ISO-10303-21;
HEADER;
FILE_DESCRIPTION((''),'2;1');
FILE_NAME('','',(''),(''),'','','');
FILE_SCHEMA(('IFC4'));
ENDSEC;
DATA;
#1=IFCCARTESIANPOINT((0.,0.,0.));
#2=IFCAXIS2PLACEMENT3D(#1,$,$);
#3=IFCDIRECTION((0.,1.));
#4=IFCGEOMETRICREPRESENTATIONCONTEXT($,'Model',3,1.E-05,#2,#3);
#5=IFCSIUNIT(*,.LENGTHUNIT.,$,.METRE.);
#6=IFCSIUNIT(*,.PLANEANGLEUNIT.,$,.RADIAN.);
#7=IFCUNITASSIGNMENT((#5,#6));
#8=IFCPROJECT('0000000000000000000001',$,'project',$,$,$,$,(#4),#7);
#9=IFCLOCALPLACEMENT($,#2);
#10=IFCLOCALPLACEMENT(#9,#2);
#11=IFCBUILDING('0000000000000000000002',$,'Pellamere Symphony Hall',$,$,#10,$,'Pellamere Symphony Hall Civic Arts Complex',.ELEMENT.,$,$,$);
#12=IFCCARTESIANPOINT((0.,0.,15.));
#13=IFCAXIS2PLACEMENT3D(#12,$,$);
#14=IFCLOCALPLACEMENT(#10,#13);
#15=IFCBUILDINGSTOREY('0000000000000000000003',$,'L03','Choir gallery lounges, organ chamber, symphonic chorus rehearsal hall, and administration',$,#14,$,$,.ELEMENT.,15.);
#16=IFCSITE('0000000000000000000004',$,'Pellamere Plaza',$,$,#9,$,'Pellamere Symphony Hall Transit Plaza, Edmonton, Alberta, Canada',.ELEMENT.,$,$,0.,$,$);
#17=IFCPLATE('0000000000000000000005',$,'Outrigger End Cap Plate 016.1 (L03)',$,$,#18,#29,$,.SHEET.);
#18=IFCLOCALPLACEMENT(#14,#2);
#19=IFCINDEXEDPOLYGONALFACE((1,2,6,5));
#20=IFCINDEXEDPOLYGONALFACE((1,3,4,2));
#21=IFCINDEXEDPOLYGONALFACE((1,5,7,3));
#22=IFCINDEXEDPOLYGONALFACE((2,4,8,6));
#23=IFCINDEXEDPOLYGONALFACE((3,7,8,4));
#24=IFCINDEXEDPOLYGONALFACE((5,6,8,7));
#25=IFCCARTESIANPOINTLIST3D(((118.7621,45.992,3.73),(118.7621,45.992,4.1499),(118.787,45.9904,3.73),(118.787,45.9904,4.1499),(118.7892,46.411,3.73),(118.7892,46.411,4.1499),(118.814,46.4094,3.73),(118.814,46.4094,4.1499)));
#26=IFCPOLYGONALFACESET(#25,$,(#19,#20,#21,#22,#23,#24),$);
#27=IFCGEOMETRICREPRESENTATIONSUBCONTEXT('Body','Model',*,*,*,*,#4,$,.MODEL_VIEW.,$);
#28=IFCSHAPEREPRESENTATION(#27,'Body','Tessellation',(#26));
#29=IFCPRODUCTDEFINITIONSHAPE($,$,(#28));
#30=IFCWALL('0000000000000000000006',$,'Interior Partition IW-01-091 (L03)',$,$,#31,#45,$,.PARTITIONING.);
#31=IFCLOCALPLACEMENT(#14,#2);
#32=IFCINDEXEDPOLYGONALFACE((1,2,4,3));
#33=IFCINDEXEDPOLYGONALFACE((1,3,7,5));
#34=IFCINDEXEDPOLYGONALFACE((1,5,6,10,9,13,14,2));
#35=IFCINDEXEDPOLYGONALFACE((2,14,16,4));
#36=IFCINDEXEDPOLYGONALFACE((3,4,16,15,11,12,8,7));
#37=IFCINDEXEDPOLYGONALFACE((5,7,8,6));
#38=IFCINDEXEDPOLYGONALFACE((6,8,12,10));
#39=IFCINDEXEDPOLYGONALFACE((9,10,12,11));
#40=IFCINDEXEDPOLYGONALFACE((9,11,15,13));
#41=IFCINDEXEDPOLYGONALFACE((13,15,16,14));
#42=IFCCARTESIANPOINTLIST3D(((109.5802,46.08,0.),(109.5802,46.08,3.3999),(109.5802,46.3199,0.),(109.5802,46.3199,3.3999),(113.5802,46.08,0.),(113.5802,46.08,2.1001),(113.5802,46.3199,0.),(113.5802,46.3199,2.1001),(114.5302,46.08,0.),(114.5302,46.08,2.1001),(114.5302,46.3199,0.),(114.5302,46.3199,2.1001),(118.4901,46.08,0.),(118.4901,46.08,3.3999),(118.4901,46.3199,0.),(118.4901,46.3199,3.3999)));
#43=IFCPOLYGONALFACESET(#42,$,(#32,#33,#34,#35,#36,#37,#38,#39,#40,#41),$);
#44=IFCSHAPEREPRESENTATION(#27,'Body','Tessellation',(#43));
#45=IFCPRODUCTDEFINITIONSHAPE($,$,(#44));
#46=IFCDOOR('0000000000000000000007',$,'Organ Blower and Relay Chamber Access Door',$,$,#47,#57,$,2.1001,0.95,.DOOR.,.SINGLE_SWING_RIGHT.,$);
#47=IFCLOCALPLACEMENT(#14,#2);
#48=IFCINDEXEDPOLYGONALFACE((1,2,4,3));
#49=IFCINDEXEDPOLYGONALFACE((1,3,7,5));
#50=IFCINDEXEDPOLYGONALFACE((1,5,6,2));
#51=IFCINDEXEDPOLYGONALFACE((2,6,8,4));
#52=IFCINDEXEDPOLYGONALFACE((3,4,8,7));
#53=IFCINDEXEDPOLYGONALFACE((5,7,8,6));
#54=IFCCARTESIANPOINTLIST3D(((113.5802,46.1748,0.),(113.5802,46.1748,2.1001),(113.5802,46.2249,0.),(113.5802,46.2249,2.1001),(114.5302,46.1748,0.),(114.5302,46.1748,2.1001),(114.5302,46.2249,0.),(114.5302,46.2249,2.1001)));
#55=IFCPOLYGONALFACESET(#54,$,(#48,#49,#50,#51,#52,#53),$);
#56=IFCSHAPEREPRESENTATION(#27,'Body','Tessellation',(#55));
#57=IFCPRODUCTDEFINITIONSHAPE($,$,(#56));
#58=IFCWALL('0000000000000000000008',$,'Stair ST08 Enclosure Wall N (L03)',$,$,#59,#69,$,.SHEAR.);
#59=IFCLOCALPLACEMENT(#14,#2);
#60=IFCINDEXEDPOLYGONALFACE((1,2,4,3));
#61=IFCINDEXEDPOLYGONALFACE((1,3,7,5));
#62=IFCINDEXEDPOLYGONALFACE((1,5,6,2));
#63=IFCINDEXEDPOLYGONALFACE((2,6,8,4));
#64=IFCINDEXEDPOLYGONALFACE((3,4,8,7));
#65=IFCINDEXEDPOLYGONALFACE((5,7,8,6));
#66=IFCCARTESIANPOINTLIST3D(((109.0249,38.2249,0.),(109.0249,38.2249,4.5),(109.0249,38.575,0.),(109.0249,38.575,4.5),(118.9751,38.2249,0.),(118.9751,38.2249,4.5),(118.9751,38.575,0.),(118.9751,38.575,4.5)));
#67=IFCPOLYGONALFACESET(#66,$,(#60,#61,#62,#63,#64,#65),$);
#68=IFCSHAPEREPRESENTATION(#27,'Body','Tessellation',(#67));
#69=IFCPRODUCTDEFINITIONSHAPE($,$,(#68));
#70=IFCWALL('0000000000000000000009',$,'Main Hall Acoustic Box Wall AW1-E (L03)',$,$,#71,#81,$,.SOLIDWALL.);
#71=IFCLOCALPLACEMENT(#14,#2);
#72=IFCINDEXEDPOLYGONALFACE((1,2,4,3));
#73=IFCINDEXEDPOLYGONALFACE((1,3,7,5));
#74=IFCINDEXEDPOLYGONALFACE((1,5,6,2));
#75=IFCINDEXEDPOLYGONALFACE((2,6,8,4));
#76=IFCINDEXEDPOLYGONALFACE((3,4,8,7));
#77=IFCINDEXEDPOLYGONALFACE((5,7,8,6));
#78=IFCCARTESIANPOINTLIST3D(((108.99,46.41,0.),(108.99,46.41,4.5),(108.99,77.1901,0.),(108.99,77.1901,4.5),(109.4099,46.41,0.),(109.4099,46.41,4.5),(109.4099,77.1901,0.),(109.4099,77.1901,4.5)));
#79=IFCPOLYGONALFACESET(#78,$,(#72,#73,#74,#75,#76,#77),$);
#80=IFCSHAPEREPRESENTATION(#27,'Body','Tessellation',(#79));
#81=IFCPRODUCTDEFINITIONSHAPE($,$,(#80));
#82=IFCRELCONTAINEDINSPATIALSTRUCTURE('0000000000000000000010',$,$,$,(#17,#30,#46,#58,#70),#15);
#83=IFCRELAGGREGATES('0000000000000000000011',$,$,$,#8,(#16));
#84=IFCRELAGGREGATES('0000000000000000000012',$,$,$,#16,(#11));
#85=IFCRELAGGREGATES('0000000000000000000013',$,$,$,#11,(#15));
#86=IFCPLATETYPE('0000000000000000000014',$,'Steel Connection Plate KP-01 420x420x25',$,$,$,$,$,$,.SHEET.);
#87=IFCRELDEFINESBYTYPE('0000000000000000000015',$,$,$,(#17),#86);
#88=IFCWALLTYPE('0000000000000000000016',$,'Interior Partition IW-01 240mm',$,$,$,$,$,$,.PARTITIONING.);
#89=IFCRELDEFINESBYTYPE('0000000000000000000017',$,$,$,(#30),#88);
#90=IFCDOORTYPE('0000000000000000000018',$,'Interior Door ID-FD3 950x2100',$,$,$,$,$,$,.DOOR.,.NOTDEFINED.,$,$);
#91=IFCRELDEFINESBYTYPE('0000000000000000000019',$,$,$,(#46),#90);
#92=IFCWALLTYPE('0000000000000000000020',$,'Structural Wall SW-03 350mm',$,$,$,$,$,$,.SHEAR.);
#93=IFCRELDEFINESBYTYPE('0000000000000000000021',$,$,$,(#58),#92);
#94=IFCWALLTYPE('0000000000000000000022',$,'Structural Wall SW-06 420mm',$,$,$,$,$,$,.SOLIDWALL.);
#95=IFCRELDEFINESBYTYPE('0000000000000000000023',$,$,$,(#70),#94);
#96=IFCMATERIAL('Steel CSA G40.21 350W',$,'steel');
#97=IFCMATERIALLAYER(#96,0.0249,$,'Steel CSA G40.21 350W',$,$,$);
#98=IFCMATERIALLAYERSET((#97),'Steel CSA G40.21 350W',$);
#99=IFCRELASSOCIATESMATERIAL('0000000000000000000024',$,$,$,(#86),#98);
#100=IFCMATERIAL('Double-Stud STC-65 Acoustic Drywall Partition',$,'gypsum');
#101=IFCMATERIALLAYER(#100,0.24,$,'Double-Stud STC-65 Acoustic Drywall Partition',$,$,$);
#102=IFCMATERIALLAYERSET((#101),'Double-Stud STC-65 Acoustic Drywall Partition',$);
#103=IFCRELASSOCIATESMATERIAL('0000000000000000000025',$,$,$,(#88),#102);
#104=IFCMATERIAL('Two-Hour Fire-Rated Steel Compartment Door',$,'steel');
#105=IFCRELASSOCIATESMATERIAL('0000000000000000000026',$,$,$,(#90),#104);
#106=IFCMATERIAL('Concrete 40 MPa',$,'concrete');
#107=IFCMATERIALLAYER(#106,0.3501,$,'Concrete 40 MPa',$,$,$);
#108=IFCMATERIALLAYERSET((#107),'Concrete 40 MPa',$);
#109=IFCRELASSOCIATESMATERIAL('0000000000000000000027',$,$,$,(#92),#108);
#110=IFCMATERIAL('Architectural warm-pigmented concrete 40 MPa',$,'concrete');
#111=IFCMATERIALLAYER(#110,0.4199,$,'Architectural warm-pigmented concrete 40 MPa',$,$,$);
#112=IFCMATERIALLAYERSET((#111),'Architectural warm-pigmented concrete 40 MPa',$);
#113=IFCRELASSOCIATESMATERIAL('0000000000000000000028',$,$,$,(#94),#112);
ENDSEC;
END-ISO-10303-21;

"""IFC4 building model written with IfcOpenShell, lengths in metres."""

from ifc_helpers import new_model, si_unit, direction, frame, frame_2d, origin, origin_2d, place, context, subcontext, project, spatial, rectangle, extrude, material, layer, layer_set, type_object, element, fill, save


model = new_model("IFC4")

# Units and contexts
model_context = context("Model", 3, precision=1e-05, world=origin(), true_north=direction((0.0, 1.0)))
body_context = subcontext(model_context, "Body", "Model", "MODEL_VIEW")
ifc_project = project(units=[si_unit("LENGTHUNIT", "METRE"), si_unit("PLANEANGLEUNIT", "RADIAN")], contexts=[model_context])

# Site, building, storey
site_placement = place(None, origin())
site = spatial("IfcSite", under=ifc_project, at=site_placement, Name="Pellamere Plaza", LongName="Pellamere Symphony Hall Transit Plaza, Edmonton, Alberta, Canada", CompositionType="ELEMENT", RefElevation=0.0)
building_placement = place(site_placement, origin())
building = spatial("IfcBuilding", under=site, at=building_placement, Name="Pellamere Symphony Hall", LongName="Pellamere Symphony Hall Civic Arts Complex", CompositionType="ELEMENT")
storey_placement = place(building_placement, frame((0.0, 0.0, 15.0)))
storey = spatial("IfcBuildingStorey", under=building, at=storey_placement, Name="L03", Description="Choir gallery lounges, organ chamber, symphonic chorus rehearsal hall, and administration", CompositionType="ELEMENT", Elevation=15.0)

# Shared definitions
ifc_material_1 = material(Name="Concrete 40 MPa", Category="concrete")

# Shared definitions
ifc_material_2 = material(Name="Steel CSA G40.21 350W", Category="steel")

# Plate
ifc_layer_1 = layer(ifc_material_2, 0.0249, Name="Steel CSA G40.21 350W")
ifc_layer_set_1 = layer_set([ifc_layer_1], Name="Steel CSA G40.21 350W")
plate_type_1 = type_object("IfcPlateType", Name="Steel Connection Plate KP-01 420x420x25", PredefinedType="SHEET", material=ifc_layer_set_1)
plate_1_placement = place(storey_placement, frame((118.7881, 46.2007, 3.73), z_axis=(0.0, 0.0, 1.0), x_axis=(0.997927, -0.064358, 0.0)))
element("IfcPlate", 1, at=plate_1_placement, inside=storey, type_object=plate_type_1, Name="Outrigger End Cap Plate 016.1 (L03)", PredefinedType="SHEET", context=body_context, shape_type="SweptSolid", body=[
    extrude(rectangle(XDim=0.0249, YDim=0.4199, at=origin_2d()), origin(), (0.0, 0.0, 1.0), 0.4199),
])

# Wall, opening, door
ifc_material_3 = material(Name="Double-Stud STC-65 Acoustic Drywall Partition", Category="gypsum")
ifc_layer_2 = layer(ifc_material_3, 0.24, Name="Double-Stud STC-65 Acoustic Drywall Partition")
ifc_layer_set_2 = layer_set([ifc_layer_2], Name="Double-Stud STC-65 Acoustic Drywall Partition")
wall_type_1 = type_object("IfcWallType", Name="Interior Partition IW-01 240mm", PredefinedType="PARTITIONING", material=ifc_layer_set_2)
wall_1_placement = place(storey_placement, frame((109.5801, 46.2, 0.0), z_axis=(0.0, 0.0, 1.0), x_axis=(1.0, 0.0, 0.0)))
wall_1 = element("IfcWall", 2, at=wall_1_placement, inside=storey, type_object=wall_type_1, Name="Interior Partition IW-01-091 (L03)", PredefinedType="PARTITIONING", context=body_context, shape_type="SweptSolid", body=[
    extrude(rectangle(XDim=8.9099, YDim=0.24, at=frame_2d((4.4551, 0.0))), origin(), (0.0, 0.0, 1.0), 3.3999),
])
opening_placement = place(wall_1_placement, frame((4.0, 0.0, 0.0)))
opening = element("IfcOpeningElement", 3, at=opening_placement, cuts=wall_1, PredefinedType="OPENING", context=body_context, shape_type="SweptSolid", body=[
    extrude(rectangle(XDim=0.95, YDim=2.1001, at=frame_2d((0.4751, 1.05))), frame((0.0, 0.1299, 0.0), z_axis=(0.0, -1.0, 0.0), x_axis=(1.0, 0.0, 0.0)), (0.0, 0.0, 1.0), 0.26),
])
ifc_material_4 = material(Name="Two-Hour Fire-Rated Steel Compartment Door", Category="steel")
door_type = type_object("IfcDoorType", Name="Interior Door ID-FD3 950x2100", OperationType="NOTDEFINED", PredefinedType="DOOR", material=ifc_material_4)
door_placement = place(opening_placement, origin())
door = element("IfcDoor", 4, at=door_placement, inside=storey, type_object=door_type, Name="Organ Blower and Relay Chamber Access Door", OperationType="SINGLE_SWING_RIGHT", OverallHeight=2.1001, OverallWidth=0.95, PredefinedType="DOOR", context=body_context, shape_type="SweptSolid", body=[
    extrude(rectangle(XDim=0.95, YDim=2.1001, at=frame_2d((0.4751, 1.05))), frame((0.0, 0.0249, 0.0), z_axis=(0.0, -1.0, 0.0), x_axis=(1.0, 0.0, 0.0)), (0.0, 0.0, 1.0), 0.05),
])
fill(opening, door)

# Walls
ifc_layer_3 = layer(ifc_material_1, 0.3501, Name="Concrete 40 MPa")
ifc_layer_set_3 = layer_set([ifc_layer_3], Name="Concrete 40 MPa")
wall_type_2 = type_object("IfcWallType", Name="Structural Wall SW-03 350mm", PredefinedType="SHEAR", material=ifc_layer_set_3)
wall_2_placement = place(storey_placement, frame((109.0249, 38.3999, 0.0), z_axis=(0.0, 0.0, 1.0), x_axis=(1.0, 0.0, 0.0)))
element("IfcWall", 5, at=wall_2_placement, inside=storey, type_object=wall_type_2, Name="Stair ST08 Enclosure Wall N (L03)", PredefinedType="SHEAR", context=body_context, shape_type="SweptSolid", body=[
    extrude(rectangle(XDim=9.9502, YDim=0.3501, at=frame_2d((4.9751, 0.0))), origin(), (0.0, 0.0, 1.0), 4.5),
])
ifc_material_5 = material(Name="Architectural warm-pigmented concrete 40 MPa", Category="concrete")
ifc_layer_4 = layer(ifc_material_5, 0.4199, Name="Architectural warm-pigmented concrete 40 MPa")
ifc_layer_set_4 = layer_set([ifc_layer_4], Name="Architectural warm-pigmented concrete 40 MPa")
wall_type_3 = type_object("IfcWallType", Name="Structural Wall SW-06 420mm", PredefinedType="SOLIDWALL", material=ifc_layer_set_4)
wall_3_placement = place(storey_placement, frame((109.2, 46.4099, 0.0), z_axis=(0.0, 0.0, 1.0), x_axis=(0.0, 1.0, 0.0)))
element("IfcWall", 6, at=wall_3_placement, inside=storey, type_object=wall_type_3, Name="Main Hall Acoustic Box Wall AW1-E (L03)", PredefinedType="SOLIDWALL", context=body_context, shape_type="SweptSolid", body=[
    extrude(rectangle(XDim=30.78, YDim=0.4199, at=frame_2d((15.3901, 0.0))), origin(), (0.0, 0.0, 1.0), 4.5),
])

save(model, "model.ifc")
